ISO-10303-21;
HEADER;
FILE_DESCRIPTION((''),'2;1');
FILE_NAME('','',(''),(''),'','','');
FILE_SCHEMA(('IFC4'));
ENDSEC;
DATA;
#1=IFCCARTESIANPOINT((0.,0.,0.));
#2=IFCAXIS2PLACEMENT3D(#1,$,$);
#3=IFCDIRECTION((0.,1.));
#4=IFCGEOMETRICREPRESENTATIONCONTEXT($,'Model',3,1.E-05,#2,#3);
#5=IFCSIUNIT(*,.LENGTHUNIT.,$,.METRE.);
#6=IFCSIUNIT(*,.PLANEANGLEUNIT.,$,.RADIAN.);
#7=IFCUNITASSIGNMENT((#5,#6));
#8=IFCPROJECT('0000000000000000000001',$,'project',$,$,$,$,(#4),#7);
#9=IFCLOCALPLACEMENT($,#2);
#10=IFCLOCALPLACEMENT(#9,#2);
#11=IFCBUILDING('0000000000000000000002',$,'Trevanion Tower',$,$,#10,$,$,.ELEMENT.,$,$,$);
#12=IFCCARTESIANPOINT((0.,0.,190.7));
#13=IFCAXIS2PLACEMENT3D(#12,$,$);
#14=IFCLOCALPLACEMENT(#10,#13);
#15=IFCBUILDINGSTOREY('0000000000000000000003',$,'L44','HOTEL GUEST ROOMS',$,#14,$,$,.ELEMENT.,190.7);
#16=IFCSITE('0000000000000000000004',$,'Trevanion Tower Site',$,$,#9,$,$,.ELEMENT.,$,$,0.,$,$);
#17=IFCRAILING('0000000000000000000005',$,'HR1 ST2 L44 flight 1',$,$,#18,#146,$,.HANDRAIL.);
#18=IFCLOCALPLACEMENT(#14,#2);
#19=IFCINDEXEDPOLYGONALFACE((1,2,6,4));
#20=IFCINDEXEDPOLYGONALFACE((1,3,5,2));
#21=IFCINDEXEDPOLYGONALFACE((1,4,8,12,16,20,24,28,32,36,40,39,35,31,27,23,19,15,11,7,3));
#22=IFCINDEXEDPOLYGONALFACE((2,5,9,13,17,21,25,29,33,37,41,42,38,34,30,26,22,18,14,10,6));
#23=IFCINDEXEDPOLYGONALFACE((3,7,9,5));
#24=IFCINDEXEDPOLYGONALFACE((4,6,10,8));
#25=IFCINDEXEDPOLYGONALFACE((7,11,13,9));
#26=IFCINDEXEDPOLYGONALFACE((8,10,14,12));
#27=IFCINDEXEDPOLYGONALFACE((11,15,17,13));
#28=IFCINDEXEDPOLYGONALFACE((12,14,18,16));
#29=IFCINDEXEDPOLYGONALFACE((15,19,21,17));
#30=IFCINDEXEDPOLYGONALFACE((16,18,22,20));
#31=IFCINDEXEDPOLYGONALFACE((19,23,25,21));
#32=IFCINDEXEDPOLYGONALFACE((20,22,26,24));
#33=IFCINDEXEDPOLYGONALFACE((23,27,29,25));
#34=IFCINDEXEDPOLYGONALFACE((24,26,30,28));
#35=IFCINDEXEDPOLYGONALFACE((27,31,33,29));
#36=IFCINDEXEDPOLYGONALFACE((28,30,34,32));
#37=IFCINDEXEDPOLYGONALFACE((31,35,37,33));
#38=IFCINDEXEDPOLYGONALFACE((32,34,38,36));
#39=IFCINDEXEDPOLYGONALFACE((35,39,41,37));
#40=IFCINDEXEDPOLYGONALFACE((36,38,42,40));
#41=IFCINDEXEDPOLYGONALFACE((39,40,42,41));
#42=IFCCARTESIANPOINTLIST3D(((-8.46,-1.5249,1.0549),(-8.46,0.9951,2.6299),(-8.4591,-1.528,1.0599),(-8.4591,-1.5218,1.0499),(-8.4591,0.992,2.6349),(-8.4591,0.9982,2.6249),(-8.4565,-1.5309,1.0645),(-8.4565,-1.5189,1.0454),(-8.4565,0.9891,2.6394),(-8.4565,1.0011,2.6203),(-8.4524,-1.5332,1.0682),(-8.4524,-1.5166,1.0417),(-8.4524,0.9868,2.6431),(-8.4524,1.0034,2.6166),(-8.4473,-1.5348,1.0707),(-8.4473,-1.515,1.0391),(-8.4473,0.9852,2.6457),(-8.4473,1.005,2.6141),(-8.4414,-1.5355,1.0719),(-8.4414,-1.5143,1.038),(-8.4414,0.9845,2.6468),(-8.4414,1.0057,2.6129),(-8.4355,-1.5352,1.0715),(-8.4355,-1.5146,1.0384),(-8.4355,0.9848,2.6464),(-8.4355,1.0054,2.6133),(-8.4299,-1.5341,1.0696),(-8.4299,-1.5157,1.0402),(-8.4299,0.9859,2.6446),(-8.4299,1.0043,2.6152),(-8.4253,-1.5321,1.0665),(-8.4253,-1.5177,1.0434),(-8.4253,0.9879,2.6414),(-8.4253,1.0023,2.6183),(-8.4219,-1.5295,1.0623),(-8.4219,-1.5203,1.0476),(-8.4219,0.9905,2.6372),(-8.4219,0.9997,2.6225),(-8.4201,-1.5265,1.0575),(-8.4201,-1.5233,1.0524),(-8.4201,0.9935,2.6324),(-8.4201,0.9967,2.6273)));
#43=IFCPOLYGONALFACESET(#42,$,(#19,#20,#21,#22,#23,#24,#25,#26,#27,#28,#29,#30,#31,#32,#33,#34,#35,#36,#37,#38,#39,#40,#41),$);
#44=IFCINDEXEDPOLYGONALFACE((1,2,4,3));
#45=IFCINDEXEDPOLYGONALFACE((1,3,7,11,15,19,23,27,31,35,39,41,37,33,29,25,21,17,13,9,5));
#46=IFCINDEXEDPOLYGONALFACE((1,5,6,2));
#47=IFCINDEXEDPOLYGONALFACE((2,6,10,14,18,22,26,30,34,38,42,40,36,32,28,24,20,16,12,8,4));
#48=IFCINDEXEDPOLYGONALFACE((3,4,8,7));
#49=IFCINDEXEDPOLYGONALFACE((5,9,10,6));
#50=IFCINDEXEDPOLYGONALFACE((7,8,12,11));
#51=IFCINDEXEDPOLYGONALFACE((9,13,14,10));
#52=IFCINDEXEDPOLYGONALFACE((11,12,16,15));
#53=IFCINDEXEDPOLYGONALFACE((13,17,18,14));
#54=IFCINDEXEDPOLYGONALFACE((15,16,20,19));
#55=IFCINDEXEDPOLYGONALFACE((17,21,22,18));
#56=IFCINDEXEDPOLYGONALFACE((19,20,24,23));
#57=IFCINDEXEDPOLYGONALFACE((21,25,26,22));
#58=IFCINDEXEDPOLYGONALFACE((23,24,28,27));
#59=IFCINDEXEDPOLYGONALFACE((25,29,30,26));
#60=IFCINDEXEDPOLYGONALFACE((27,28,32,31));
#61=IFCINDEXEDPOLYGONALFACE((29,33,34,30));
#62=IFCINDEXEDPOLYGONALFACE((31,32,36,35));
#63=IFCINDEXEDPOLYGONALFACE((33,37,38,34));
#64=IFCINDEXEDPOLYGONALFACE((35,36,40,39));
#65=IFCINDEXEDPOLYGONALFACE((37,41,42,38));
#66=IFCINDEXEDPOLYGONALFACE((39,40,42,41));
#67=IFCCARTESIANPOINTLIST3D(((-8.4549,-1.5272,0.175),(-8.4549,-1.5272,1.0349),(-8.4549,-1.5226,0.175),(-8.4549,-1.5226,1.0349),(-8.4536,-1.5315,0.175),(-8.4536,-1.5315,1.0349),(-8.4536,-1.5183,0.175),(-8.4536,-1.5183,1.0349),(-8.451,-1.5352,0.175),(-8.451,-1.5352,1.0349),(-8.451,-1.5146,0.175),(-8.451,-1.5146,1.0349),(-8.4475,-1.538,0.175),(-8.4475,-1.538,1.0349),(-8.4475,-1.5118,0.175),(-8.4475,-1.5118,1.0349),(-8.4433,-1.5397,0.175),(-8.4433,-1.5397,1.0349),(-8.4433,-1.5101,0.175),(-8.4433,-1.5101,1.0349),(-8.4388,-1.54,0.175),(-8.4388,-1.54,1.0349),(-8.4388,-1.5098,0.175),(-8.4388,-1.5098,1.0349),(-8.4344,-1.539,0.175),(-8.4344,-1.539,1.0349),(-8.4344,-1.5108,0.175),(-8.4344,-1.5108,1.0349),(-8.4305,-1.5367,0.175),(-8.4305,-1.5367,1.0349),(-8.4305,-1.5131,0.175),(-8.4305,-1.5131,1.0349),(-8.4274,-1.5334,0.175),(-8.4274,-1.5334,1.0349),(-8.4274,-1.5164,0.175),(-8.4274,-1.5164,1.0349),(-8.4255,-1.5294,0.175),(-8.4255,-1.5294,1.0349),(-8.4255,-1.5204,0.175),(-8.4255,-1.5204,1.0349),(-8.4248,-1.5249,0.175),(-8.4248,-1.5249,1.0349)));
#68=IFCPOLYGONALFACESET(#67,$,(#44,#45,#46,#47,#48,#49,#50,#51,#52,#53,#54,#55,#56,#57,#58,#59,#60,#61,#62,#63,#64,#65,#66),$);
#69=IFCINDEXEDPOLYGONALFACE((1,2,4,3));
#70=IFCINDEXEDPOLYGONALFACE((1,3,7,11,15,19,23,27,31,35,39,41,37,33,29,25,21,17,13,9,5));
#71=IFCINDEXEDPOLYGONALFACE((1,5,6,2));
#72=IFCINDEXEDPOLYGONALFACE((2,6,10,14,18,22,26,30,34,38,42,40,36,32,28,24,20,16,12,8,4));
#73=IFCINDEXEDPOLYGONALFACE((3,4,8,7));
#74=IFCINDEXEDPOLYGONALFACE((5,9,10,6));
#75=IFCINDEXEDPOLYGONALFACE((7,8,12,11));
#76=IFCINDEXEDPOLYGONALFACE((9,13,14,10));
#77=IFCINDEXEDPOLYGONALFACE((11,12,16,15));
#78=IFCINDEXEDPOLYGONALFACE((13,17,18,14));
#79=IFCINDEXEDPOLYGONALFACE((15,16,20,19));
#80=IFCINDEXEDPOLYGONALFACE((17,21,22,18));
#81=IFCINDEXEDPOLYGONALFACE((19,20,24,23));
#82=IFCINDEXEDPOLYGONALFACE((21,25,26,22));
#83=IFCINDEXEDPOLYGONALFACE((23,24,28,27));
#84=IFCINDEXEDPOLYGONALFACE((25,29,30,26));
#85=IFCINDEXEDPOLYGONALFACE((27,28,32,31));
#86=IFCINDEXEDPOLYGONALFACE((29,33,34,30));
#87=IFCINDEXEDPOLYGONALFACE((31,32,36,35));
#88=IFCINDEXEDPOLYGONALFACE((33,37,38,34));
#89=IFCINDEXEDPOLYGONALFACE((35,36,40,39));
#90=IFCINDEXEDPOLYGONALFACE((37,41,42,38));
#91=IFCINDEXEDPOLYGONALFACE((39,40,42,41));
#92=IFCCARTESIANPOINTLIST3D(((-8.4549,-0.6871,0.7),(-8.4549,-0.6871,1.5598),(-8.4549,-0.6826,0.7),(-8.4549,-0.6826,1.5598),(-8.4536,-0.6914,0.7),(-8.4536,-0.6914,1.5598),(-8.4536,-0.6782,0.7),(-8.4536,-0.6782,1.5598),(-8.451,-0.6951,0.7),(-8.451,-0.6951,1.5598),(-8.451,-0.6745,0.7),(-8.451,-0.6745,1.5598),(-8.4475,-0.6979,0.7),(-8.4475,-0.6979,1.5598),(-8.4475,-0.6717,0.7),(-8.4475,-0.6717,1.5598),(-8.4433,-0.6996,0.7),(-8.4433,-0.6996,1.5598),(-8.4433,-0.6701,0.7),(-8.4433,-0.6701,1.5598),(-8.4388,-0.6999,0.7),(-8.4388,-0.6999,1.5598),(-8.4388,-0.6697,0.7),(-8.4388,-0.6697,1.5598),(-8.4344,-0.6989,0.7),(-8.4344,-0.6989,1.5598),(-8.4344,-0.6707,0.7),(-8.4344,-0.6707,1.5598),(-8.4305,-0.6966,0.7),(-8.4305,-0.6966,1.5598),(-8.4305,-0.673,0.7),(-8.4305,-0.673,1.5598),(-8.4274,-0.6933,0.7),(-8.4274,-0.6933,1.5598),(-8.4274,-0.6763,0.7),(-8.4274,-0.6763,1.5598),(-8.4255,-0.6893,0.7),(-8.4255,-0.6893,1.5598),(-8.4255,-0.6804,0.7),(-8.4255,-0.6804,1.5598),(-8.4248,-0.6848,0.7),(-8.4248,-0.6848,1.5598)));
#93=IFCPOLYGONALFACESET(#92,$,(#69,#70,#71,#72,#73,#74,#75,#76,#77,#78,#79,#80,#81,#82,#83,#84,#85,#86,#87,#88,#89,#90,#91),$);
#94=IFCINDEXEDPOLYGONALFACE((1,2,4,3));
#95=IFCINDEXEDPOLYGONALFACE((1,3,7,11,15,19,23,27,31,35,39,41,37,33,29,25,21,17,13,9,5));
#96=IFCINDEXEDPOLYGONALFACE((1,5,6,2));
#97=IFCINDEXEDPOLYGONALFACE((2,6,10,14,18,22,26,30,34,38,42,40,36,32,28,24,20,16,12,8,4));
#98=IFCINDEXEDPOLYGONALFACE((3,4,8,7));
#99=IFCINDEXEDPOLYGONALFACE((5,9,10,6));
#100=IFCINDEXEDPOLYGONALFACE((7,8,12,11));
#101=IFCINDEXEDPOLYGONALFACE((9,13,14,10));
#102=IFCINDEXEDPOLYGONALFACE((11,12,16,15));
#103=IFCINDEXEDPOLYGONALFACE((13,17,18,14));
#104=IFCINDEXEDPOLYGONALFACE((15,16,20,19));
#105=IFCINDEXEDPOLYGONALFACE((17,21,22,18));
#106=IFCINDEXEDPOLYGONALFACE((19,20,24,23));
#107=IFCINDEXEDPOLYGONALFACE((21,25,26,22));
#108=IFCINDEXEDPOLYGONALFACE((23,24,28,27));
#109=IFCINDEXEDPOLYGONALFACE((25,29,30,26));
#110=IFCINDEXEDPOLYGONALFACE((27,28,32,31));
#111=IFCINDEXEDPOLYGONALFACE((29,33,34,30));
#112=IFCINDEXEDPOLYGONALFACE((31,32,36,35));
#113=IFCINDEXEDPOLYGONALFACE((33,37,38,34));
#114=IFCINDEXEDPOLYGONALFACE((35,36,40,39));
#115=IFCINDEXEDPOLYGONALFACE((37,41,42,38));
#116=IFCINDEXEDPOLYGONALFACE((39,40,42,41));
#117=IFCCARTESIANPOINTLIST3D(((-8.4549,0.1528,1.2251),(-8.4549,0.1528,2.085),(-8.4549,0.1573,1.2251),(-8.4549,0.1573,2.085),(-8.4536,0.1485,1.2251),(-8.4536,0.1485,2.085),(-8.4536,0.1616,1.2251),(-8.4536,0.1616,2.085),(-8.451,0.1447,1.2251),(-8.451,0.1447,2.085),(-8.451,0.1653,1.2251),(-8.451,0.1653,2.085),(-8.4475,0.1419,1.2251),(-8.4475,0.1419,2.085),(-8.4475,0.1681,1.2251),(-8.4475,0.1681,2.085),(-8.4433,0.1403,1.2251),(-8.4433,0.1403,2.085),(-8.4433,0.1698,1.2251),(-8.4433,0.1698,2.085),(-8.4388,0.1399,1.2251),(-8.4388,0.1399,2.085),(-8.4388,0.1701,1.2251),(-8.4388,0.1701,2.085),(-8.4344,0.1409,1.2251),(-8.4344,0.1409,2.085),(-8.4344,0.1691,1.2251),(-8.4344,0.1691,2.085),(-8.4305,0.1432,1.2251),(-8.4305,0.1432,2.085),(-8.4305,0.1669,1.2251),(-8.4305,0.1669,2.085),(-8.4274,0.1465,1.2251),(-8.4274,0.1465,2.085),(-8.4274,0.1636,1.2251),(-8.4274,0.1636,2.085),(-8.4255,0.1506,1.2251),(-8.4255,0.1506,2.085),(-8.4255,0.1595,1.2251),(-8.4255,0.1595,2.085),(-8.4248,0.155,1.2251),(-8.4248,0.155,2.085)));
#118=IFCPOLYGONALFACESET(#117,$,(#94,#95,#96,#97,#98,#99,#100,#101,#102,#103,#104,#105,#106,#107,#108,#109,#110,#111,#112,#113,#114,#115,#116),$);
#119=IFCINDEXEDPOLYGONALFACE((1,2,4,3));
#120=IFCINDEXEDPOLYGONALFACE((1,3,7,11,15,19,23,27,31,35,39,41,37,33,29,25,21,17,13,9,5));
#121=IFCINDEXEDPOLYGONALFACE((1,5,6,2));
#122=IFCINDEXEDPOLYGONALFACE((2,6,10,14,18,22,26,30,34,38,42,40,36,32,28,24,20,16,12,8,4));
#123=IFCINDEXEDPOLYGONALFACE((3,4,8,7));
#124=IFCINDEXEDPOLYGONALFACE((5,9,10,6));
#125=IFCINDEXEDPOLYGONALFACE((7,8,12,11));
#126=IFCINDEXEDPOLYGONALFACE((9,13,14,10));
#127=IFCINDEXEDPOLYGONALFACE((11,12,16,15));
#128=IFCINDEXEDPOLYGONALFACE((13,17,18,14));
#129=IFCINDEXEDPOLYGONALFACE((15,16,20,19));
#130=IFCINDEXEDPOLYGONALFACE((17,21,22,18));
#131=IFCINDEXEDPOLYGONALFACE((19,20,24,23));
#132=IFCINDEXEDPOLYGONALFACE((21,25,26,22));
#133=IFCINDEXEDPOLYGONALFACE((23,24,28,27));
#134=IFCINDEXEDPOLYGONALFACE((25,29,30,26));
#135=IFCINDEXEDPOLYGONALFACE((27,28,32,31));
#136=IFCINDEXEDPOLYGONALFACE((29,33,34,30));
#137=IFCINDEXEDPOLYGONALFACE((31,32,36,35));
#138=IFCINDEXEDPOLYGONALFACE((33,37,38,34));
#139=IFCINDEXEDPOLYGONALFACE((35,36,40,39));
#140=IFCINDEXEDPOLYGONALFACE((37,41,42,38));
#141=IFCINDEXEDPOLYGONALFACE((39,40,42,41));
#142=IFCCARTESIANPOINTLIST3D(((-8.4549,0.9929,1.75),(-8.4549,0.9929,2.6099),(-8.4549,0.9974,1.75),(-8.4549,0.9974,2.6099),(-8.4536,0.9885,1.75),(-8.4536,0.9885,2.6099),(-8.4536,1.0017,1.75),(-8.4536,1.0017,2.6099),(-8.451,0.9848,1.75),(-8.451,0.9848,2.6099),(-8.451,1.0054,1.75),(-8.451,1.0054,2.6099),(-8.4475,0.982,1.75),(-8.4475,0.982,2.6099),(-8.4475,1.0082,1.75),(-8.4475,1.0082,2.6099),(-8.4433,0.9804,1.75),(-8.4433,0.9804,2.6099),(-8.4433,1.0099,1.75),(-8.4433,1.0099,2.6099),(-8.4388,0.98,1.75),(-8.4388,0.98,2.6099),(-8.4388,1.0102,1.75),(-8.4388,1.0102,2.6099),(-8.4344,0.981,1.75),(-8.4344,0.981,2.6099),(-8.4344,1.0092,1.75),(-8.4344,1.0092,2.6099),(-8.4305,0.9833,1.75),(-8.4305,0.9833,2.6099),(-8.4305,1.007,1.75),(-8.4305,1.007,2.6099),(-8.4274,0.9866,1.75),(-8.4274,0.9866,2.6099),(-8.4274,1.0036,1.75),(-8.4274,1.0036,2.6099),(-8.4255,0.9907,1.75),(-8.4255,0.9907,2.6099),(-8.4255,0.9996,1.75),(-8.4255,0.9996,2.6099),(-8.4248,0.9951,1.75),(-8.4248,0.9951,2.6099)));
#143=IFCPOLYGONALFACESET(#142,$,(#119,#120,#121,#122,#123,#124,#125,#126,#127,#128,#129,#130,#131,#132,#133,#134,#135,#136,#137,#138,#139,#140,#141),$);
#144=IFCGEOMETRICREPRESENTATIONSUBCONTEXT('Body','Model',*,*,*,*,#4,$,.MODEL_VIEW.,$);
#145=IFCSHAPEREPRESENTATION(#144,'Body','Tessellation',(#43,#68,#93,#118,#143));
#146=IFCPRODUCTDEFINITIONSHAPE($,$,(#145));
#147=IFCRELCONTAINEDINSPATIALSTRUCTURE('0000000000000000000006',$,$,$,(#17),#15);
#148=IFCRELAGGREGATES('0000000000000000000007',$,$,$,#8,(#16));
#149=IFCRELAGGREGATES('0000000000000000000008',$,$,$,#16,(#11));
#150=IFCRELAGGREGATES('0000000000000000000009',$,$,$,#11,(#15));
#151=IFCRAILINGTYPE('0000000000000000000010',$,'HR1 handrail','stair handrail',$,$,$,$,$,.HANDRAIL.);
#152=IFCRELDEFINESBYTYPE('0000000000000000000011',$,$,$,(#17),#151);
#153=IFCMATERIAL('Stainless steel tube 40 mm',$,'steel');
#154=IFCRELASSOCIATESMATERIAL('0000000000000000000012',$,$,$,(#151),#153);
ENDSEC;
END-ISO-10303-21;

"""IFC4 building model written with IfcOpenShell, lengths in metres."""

from ifc_helpers import new_model, si_unit, direction, frame, origin, origin_2d, place, context, subcontext, project, spatial, circle, extrude, material, type_object, element, save


model = new_model("IFC4")

# Units and contexts
model_context = context("Model", 3, precision=1e-05, world=origin(), true_north=direction((0.0, 1.0)))
body_context = subcontext(model_context, "Body", "Model", "MODEL_VIEW")
ifc_project = project(units=[si_unit("LENGTHUNIT", "METRE"), si_unit("PLANEANGLEUNIT", "RADIAN")], contexts=[model_context])

# Site, building, storey
site_placement = place(None, origin())
site = spatial("IfcSite", under=ifc_project, at=site_placement, Name="Trevanion Tower Site", CompositionType="ELEMENT", RefElevation=0.0)
building_placement = place(site_placement, origin())
building = spatial("IfcBuilding", under=site, at=building_placement, Name="Trevanion Tower", CompositionType="ELEMENT")
storey_placement = place(building_placement, frame((0.0, 0.0, 190.7)))
storey = spatial("IfcBuildingStorey", under=building, at=storey_placement, Name="L44", Description="HOTEL GUEST ROOMS", CompositionType="ELEMENT", Elevation=190.7)

# Railing
ifc_material_1 = material(Name="Stainless steel tube 40 mm", Category="steel")
railing_type = type_object("IfcRailingType", Name="HR1 handrail", Description="stair handrail", PredefinedType="HANDRAIL", material=ifc_material_1)
for number, where, name in (
    (1, (-8.4399, -1.5249, 0.175), "HR1 ST2 L44 flight 1"),
):
    element("IfcRailing", number, at=place(storey_placement, frame(where)), inside=storey, type_object=railing_type, Name=name, PredefinedType="HANDRAIL", context=body_context, shape_type="SweptSolid", body=[
        extrude(circle(Radius=0.02, at=origin_2d()), frame((0.0, 0.0, 0.8799), z_axis=(0.0, 0.848008, 0.529984), x_axis=(-1.0, 0.0, 0.0)), (0.0, 0.0, 1.0), 2.9717),
        extrude(circle(Radius=0.0151, at=origin_2d()), origin(), (0.0, 0.0, 1.0), 0.8599),
        extrude(circle(Radius=0.0151, at=origin_2d()), frame((0.0, 0.8401, 0.5249)), (0.0, 0.0, 1.0), 0.8599),
        extrude(circle(Radius=0.0151, at=origin_2d()), frame((0.0, 1.6799, 1.05)), (0.0, 0.0, 1.0), 0.8599),
        extrude(circle(Radius=0.0151, at=origin_2d()), frame((0.0, 2.52, 1.575)), (0.0, 0.0, 1.0), 0.8599),
    ])

save(model, "model.ifc")
